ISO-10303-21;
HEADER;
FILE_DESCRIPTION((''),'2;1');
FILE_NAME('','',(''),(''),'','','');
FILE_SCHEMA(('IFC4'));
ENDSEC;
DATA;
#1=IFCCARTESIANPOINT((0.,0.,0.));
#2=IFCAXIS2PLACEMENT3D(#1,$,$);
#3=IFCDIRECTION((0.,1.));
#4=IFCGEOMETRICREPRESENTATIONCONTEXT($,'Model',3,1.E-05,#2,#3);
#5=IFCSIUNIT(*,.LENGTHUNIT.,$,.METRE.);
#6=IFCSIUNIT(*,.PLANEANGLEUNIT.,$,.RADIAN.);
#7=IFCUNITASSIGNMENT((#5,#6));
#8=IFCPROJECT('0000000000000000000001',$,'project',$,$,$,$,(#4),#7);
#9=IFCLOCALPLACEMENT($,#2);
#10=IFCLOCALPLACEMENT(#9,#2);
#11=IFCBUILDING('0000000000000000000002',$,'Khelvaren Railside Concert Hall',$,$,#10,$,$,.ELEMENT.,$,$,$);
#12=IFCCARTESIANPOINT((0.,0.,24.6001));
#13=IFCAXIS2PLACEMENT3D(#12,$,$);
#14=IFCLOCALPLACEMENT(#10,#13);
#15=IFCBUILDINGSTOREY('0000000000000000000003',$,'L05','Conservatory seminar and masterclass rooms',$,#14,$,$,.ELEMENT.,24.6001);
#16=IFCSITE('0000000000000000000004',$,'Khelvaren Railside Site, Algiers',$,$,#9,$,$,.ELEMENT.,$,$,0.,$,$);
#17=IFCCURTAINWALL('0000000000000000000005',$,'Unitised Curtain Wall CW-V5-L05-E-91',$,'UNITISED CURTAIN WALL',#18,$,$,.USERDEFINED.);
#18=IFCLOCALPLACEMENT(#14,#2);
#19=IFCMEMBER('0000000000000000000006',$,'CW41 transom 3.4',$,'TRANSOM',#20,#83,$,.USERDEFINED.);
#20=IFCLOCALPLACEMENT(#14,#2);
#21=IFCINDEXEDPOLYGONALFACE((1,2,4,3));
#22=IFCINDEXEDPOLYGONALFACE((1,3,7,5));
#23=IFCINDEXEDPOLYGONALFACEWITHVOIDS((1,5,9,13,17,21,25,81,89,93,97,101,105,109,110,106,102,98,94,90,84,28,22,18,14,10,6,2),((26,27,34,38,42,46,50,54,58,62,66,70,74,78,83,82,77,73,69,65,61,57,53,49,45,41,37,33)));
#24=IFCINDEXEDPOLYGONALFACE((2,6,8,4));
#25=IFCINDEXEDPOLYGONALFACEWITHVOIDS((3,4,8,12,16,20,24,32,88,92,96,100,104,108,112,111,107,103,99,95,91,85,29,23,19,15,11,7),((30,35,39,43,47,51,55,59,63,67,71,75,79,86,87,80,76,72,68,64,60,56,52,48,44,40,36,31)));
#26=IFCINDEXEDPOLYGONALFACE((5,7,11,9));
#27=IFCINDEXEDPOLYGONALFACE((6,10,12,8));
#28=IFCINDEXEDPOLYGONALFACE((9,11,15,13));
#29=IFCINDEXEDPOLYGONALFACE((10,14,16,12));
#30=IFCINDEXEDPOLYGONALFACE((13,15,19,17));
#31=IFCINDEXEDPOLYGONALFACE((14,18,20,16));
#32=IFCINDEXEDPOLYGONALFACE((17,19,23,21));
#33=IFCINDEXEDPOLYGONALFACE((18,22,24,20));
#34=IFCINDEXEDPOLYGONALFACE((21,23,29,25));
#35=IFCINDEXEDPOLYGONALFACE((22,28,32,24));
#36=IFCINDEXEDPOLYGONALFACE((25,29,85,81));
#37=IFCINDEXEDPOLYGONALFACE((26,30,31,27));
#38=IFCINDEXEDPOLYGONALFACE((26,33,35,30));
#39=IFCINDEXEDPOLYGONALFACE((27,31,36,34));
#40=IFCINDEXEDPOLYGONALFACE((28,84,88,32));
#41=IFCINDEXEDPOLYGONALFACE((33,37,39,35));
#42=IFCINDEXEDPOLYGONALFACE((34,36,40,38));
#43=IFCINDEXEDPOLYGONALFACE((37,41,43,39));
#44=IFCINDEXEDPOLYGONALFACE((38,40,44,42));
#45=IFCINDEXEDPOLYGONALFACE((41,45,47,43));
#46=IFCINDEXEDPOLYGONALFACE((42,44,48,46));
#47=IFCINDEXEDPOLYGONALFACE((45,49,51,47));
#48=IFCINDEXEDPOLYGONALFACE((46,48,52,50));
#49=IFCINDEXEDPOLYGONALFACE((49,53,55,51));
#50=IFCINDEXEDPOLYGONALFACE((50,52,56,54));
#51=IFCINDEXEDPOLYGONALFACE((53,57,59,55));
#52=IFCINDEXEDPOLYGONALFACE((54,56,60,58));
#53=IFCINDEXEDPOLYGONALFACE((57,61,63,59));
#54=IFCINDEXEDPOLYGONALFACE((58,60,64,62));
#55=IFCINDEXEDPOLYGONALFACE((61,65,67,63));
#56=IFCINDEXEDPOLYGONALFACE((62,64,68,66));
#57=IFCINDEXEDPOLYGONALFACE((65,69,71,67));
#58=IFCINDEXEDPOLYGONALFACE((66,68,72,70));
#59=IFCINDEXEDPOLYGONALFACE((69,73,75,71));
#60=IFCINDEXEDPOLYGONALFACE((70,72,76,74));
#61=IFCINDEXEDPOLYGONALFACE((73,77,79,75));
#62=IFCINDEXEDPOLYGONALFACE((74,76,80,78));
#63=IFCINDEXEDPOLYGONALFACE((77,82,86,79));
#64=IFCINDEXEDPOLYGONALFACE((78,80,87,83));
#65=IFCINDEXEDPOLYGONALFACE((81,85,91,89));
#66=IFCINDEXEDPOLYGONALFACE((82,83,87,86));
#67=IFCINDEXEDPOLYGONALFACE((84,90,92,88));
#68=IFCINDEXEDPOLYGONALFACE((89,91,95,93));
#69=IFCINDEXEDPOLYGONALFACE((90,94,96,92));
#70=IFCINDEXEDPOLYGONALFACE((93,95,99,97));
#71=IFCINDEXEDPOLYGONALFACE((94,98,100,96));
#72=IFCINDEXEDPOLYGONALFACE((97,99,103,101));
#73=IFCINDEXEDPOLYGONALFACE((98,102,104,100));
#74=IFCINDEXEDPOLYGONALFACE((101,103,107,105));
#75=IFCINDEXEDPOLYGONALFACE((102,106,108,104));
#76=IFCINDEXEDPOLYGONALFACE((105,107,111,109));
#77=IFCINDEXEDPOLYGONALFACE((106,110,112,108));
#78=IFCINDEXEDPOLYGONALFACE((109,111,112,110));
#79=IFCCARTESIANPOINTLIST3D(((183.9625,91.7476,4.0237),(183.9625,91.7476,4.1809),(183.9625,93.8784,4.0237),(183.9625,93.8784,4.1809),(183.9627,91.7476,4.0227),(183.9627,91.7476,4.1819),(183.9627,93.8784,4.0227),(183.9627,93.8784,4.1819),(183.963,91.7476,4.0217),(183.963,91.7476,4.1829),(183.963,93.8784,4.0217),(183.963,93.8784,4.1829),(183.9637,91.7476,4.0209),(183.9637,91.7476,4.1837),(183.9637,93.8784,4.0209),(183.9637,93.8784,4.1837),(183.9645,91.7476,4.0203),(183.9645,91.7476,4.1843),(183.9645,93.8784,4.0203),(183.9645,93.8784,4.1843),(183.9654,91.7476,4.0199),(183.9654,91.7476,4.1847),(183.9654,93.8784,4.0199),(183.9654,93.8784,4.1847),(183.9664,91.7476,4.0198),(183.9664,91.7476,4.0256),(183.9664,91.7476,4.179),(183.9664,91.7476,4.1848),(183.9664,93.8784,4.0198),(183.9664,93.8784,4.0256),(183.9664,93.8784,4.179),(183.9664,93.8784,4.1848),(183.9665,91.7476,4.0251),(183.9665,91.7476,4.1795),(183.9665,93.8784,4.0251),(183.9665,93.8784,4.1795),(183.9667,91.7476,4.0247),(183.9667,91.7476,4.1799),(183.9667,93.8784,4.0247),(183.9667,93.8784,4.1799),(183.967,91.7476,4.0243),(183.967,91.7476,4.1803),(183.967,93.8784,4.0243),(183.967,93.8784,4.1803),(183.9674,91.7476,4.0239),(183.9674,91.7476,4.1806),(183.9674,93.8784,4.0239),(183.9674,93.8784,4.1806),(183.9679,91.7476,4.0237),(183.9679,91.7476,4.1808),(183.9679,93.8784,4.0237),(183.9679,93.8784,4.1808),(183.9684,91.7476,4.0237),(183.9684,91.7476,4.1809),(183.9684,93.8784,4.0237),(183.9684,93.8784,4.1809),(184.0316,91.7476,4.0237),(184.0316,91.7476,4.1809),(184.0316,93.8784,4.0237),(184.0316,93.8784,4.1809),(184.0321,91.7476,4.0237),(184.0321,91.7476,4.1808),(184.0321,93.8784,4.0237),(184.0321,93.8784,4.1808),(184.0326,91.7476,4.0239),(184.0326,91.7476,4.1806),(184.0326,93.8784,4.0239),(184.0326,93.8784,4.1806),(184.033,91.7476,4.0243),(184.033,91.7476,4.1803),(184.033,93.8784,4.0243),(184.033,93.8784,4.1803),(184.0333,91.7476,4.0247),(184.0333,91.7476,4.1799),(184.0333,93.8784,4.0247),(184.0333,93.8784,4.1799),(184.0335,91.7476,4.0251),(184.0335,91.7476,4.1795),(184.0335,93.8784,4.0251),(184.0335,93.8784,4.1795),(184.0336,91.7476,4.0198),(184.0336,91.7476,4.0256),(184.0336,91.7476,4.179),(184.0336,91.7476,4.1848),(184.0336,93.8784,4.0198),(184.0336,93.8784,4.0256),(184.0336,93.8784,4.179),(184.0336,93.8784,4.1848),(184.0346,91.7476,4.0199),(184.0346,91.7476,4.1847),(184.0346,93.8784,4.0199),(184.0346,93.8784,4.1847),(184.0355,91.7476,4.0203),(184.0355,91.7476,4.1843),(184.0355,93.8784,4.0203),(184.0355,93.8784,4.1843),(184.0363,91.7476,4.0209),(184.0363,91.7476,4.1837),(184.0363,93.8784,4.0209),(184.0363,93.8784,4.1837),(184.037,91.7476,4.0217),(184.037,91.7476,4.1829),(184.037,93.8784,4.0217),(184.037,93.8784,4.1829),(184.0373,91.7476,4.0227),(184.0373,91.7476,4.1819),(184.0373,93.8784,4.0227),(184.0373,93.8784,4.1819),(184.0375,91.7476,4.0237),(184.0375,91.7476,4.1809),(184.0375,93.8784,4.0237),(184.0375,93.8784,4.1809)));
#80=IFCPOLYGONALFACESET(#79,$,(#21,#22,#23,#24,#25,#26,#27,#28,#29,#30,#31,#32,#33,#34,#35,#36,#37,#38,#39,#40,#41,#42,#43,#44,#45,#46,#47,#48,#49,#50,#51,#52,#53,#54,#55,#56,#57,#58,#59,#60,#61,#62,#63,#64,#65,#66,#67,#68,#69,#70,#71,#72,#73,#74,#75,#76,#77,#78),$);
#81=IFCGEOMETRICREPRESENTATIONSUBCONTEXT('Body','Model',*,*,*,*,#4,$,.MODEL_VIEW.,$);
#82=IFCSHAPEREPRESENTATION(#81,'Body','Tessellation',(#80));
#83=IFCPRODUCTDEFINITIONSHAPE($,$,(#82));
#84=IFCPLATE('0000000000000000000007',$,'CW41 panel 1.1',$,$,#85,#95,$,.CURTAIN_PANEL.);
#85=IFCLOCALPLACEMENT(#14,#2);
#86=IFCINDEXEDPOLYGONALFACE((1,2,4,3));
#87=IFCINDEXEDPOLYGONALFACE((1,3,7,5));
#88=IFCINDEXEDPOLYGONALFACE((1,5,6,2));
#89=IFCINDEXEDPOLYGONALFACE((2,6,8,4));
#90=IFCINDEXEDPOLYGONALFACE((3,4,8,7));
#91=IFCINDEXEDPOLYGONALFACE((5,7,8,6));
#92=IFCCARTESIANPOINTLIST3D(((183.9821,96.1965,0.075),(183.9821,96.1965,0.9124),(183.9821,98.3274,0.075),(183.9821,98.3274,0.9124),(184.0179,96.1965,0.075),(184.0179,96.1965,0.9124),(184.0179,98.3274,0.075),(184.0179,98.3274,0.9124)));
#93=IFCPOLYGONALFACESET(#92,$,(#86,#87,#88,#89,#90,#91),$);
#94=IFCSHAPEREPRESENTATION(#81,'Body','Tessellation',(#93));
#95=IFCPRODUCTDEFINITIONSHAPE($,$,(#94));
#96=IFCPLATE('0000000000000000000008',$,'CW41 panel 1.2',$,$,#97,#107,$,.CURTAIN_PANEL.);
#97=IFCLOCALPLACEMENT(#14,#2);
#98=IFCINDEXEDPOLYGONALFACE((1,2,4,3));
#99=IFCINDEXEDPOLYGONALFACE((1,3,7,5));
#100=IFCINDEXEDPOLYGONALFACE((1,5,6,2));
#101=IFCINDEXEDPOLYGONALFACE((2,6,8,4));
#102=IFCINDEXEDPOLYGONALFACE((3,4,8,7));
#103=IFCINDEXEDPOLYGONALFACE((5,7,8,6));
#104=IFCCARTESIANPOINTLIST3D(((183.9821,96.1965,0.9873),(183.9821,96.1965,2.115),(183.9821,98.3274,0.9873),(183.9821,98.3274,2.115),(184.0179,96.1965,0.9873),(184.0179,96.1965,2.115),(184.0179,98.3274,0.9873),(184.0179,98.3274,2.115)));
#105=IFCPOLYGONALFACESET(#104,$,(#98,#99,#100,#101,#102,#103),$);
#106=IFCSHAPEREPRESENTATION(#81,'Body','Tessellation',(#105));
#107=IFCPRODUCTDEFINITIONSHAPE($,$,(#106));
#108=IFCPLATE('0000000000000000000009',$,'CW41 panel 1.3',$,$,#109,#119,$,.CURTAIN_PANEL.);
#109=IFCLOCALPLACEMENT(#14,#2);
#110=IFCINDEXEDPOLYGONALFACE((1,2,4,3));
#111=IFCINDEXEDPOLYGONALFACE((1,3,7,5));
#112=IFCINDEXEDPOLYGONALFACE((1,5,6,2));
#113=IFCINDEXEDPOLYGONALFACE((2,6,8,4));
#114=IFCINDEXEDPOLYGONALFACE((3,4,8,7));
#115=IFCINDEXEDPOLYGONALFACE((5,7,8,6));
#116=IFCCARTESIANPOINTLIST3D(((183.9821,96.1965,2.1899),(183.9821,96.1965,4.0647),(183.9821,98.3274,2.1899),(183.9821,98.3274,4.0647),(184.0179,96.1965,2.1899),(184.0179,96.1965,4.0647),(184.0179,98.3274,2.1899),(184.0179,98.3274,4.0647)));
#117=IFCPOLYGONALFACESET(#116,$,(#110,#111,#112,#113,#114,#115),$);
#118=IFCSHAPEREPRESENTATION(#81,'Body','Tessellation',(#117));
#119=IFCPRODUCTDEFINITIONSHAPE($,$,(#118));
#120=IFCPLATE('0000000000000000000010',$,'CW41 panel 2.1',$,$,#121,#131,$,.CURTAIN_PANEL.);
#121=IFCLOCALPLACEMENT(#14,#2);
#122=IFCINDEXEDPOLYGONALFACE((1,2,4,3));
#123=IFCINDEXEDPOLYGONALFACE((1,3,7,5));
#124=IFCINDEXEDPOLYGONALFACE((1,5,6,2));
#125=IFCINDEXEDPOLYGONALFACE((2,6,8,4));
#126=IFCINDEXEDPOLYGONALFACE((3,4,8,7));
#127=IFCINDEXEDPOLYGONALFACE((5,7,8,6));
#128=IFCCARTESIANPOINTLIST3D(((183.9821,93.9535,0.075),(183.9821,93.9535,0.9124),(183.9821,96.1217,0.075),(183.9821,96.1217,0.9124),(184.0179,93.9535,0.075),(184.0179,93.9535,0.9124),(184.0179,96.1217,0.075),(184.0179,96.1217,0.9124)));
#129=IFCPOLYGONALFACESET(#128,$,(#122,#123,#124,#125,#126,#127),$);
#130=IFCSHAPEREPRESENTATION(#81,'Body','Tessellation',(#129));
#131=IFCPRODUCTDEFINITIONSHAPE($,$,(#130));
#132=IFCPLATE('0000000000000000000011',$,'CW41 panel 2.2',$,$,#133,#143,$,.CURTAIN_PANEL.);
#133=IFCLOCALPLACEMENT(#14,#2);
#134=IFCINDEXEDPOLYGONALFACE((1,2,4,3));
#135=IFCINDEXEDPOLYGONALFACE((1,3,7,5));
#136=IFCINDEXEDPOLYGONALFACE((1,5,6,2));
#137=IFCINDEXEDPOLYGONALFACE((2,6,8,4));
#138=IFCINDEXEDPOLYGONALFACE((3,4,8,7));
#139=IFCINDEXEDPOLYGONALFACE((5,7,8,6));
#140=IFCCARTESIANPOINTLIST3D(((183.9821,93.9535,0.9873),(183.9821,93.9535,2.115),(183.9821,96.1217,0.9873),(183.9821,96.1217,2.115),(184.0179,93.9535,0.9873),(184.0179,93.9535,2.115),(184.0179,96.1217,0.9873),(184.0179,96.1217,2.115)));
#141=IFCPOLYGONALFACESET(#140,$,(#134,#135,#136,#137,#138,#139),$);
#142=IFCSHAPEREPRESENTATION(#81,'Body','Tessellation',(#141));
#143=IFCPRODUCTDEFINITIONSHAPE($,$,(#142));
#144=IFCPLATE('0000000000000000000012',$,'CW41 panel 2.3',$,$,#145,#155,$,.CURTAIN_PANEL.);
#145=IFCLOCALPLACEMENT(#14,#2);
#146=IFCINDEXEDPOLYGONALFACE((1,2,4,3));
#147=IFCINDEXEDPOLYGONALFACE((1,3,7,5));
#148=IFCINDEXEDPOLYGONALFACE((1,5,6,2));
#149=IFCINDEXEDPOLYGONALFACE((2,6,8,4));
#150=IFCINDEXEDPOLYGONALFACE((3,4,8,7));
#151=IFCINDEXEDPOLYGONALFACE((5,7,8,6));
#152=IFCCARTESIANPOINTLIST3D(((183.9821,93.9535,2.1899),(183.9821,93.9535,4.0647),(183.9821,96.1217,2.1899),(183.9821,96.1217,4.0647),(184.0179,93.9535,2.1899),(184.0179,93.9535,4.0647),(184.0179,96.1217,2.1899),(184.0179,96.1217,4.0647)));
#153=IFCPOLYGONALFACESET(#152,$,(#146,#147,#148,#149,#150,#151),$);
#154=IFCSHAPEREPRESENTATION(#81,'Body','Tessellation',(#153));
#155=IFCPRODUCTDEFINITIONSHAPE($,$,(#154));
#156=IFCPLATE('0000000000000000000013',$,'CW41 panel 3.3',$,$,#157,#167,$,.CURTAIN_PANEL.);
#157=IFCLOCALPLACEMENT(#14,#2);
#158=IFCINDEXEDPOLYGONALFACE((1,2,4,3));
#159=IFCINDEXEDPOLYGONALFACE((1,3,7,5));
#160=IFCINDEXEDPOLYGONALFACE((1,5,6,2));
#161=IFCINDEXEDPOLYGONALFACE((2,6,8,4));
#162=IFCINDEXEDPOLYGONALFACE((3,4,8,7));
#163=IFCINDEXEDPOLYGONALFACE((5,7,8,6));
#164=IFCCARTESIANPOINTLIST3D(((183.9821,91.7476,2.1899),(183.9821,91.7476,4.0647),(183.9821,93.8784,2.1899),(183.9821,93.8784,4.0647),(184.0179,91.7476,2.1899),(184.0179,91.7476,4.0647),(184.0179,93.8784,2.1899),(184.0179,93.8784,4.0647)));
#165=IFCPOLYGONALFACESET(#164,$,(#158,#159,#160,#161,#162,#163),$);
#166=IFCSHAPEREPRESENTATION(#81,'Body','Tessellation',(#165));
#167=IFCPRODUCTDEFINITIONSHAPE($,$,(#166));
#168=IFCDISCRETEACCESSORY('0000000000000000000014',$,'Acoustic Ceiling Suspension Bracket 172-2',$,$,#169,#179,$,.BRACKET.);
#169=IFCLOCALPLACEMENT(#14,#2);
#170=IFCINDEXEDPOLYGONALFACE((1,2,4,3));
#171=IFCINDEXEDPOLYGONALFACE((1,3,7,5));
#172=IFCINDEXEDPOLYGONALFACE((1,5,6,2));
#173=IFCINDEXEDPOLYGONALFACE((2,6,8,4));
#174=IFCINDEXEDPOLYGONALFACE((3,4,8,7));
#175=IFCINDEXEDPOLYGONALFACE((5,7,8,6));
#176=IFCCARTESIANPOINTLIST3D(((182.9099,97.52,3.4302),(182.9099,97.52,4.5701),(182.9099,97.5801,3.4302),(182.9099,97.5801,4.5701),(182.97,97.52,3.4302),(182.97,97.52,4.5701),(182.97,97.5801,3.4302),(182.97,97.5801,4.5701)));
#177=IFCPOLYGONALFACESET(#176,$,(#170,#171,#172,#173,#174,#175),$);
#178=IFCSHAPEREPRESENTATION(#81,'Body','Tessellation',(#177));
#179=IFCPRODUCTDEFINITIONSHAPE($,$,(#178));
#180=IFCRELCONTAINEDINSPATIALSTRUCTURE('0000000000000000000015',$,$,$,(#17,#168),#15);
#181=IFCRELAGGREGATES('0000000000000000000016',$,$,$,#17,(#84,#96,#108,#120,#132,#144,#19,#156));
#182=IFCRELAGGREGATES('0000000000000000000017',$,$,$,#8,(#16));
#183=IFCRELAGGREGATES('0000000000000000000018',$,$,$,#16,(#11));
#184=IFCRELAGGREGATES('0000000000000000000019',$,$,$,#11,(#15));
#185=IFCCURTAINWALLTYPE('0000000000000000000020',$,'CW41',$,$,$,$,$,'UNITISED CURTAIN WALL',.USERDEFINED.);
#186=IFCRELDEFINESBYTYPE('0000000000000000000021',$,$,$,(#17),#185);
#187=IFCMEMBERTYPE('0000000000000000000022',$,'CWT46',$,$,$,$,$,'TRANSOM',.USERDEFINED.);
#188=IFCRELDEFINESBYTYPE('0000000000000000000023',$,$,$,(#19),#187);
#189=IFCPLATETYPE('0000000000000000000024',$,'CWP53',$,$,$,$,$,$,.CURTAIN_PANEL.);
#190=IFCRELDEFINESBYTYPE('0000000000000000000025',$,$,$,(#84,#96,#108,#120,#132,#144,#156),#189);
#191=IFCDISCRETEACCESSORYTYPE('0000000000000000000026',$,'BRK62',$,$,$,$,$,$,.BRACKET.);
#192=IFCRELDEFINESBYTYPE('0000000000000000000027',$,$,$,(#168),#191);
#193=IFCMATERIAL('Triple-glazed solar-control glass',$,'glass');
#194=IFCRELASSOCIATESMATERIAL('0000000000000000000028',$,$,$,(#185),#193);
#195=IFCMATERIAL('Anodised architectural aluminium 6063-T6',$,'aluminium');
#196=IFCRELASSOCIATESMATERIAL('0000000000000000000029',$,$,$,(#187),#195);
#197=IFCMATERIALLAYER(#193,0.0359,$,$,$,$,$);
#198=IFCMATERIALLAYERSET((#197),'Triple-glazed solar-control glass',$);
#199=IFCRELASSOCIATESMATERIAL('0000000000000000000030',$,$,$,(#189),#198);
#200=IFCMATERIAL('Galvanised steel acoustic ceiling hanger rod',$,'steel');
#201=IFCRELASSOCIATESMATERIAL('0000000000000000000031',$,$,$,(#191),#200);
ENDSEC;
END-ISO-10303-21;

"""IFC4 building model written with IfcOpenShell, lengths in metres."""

from ifc_helpers import new_model, si_unit, direction, frame, origin, origin_2d, place, context, subcontext, project, spatial, rectangle, hollow_rectangle, extrude, material, layer, layer_set, material_profile, profile_set, type_object, element, aggregate, save


model = new_model("IFC4")

# Units and contexts
model_context = context("Model", 3, precision=1e-05, world=origin(), true_north=direction((0.0, 1.0)))
body_context = subcontext(model_context, "Body", "Model", "MODEL_VIEW")
ifc_project = project(units=[si_unit("LENGTHUNIT", "METRE"), si_unit("PLANEANGLEUNIT", "RADIAN")], contexts=[model_context])

# Site, building, storey
site_placement = place(None, origin())
site = spatial("IfcSite", under=ifc_project, at=site_placement, Name="Khelvaren Railside Site, Algiers", CompositionType="ELEMENT", RefElevation=0.0)
building_placement = place(site_placement, origin())
building = spatial("IfcBuilding", under=site, at=building_placement, Name="Khelvaren Railside Concert Hall", CompositionType="ELEMENT")
storey_placement = place(building_placement, frame((0.0, 0.0, 24.6001)))
storey = spatial("IfcBuildingStorey", under=building, at=storey_placement, Name="L05", Description="Conservatory seminar and masterclass rooms", CompositionType="ELEMENT", Elevation=24.6001)

# Curtain wall, member, plates
ifc_material_1 = material(Name="Triple-glazed solar-control glass", Category="glass")
curtain_wall_type = type_object("IfcCurtainWallType", Name="CW41", ElementType="UNITISED CURTAIN WALL", PredefinedType="USERDEFINED", material=ifc_material_1)
curtain_wall_placement = place(storey_placement, origin())
curtain_wall = element("IfcCurtainWall", 1, at=curtain_wall_placement, inside=storey, type_object=curtain_wall_type, Name="Unitised Curtain Wall CW-V5-L05-E-91", ObjectType="UNITISED CURTAIN WALL", PredefinedType="USERDEFINED")
ifc_material_2 = material(Name="Anodised architectural aluminium 6063-T6", Category="aluminium")
ifc_material_profile_1 = material_profile(ifc_material_2, hollow_rectangle(XDim=0.075, YDim=0.165, WallThickness=0.0039, InnerFilletRadius=0.002, OuterFilletRadius=0.0039, at=origin_2d()), Name="CWT 75x165x4")
ifc_profile_set_1 = profile_set([ifc_material_profile_1], Name="Anodised architectural aluminium 6063-T6")
member_type_1 = type_object("IfcMemberType", Name="CWT46", ElementType="TRANSOM", PredefinedType="USERDEFINED", material=ifc_profile_set_1)
member_1_placement = place(storey_placement, frame((184.0, 93.8784, 4.1023), z_axis=(0.0, -1.0, 0.0), x_axis=(1.0, 0.0, 0.0)))
member_1 = element("IfcMember", 2, at=member_1_placement, type_object=member_type_1, Name="CW41 transom 3.4", ObjectType="TRANSOM", PredefinedType="USERDEFINED", context=body_context, shape_type="SweptSolid", body=[
    extrude(hollow_rectangle(XDim=0.075, YDim=0.165, WallThickness=0.0039, InnerFilletRadius=0.002, OuterFilletRadius=0.0039, at=origin_2d()), origin(), (0.0, 0.0, 1.0), 2.1309),
])
ifc_layer = layer(ifc_material_1, 0.0359)
ifc_layer_set = layer_set([ifc_layer], Name="Triple-glazed solar-control glass")
plate_type = type_object("IfcPlateType", Name="CWP53", PredefinedType="CURTAIN_PANEL", material=ifc_layer_set)
plate_1_placement = place(storey_placement, frame((184.0, 97.262, 0.075), z_axis=(0.0, 0.0, 1.0), x_axis=(0.0, -1.0, 0.0)))
plate_1 = element("IfcPlate", 3, at=plate_1_placement, type_object=plate_type, Name="CW41 panel 1.1", PredefinedType="CURTAIN_PANEL", context=body_context, shape_type="SweptSolid", body=[
    extrude(rectangle(XDim=2.1309, YDim=0.0359, at=origin_2d()), origin(), (0.0, 0.0, 1.0), 0.8374),
])
plate_2_placement = place(storey_placement, frame((184.0, 97.262, 0.9873), z_axis=(0.0, 0.0, 1.0), x_axis=(0.0, -1.0, 0.0)))
plate_2 = element("IfcPlate", 4, at=plate_2_placement, type_object=plate_type, Name="CW41 panel 1.2", PredefinedType="CURTAIN_PANEL", context=body_context, shape_type="SweptSolid", body=[
    extrude(rectangle(XDim=2.1309, YDim=0.0359, at=origin_2d()), origin(), (0.0, 0.0, 1.0), 1.1277),
])
plate_3_placement = place(storey_placement, frame((184.0, 97.262, 2.1899), z_axis=(0.0, 0.0, 1.0), x_axis=(0.0, -1.0, 0.0)))
plate_3 = element("IfcPlate", 5, at=plate_3_placement, type_object=plate_type, Name="CW41 panel 1.3", PredefinedType="CURTAIN_PANEL", context=body_context, shape_type="SweptSolid", body=[
    extrude(rectangle(XDim=2.1309, YDim=0.0359, at=origin_2d()), origin(), (0.0, 0.0, 1.0), 1.8748),
])
plate_4_placement = place(storey_placement, frame((184.0, 95.0376, 0.075), z_axis=(0.0, 0.0, 1.0), x_axis=(0.0, -1.0, 0.0)))
plate_4 = element("IfcPlate", 6, at=plate_4_placement, type_object=plate_type, Name="CW41 panel 2.1", PredefinedType="CURTAIN_PANEL", context=body_context, shape_type="SweptSolid", body=[
    extrude(rectangle(XDim=2.1682, YDim=0.0359, at=origin_2d()), origin(), (0.0, 0.0, 1.0), 0.8374),
])
plate_5_placement = place(storey_placement, frame((184.0, 95.0376, 0.9873), z_axis=(0.0, 0.0, 1.0), x_axis=(0.0, -1.0, 0.0)))
plate_5 = element("IfcPlate", 7, at=plate_5_placement, type_object=plate_type, Name="CW41 panel 2.2", PredefinedType="CURTAIN_PANEL", context=body_context, shape_type="SweptSolid", body=[
    extrude(rectangle(XDim=2.1682, YDim=0.0359, at=origin_2d()), origin(), (0.0, 0.0, 1.0), 1.1277),
])
plate_6_placement = place(storey_placement, frame((184.0, 95.0376, 2.1899), z_axis=(0.0, 0.0, 1.0), x_axis=(0.0, -1.0, 0.0)))
plate_6 = element("IfcPlate", 8, at=plate_6_placement, type_object=plate_type, Name="CW41 panel 2.3", PredefinedType="CURTAIN_PANEL", context=body_context, shape_type="SweptSolid", body=[
    extrude(rectangle(XDim=2.1682, YDim=0.0359, at=origin_2d()), origin(), (0.0, 0.0, 1.0), 1.8748),
])
plate_7_placement = place(storey_placement, frame((184.0, 92.813, 2.1899), z_axis=(0.0, 0.0, 1.0), x_axis=(0.0, -1.0, 0.0)))
plate_7 = element("IfcPlate", 9, at=plate_7_placement, type_object=plate_type, Name="CW41 panel 3.3", PredefinedType="CURTAIN_PANEL", context=body_context, shape_type="SweptSolid", body=[
    extrude(rectangle(XDim=2.1309, YDim=0.0359, at=origin_2d()), origin(), (0.0, 0.0, 1.0), 1.8748),
])
aggregate(curtain_wall, [plate_1, plate_2, plate_3, plate_4, plate_5, plate_6, member_1, plate_7])

# Discrete accessory
ifc_material_3 = material(Name="Galvanised steel acoustic ceiling hanger rod", Category="steel")
discrete_accessory_type = type_object("IfcDiscreteAccessoryType", Name="BRK62", PredefinedType="BRACKET", material=ifc_material_3)
discrete_accessory_placement = place(storey_placement, frame((182.9399, 97.55, 3.4302), z_axis=(0.0, 0.0, 1.0), x_axis=(1.0, 0.0, 0.0)))
element("IfcDiscreteAccessory", 10, at=discrete_accessory_placement, inside=storey, type_object=discrete_accessory_type, Name="Acoustic Ceiling Suspension Bracket 172-2", PredefinedType="BRACKET", context=body_context, shape_type="SweptSolid", body=[
    extrude(rectangle(XDim=0.0601, YDim=0.0601, at=origin_2d()), origin(), (0.0, 0.0, 1.0), 1.1399),
])

save(model, "model.ifc")
